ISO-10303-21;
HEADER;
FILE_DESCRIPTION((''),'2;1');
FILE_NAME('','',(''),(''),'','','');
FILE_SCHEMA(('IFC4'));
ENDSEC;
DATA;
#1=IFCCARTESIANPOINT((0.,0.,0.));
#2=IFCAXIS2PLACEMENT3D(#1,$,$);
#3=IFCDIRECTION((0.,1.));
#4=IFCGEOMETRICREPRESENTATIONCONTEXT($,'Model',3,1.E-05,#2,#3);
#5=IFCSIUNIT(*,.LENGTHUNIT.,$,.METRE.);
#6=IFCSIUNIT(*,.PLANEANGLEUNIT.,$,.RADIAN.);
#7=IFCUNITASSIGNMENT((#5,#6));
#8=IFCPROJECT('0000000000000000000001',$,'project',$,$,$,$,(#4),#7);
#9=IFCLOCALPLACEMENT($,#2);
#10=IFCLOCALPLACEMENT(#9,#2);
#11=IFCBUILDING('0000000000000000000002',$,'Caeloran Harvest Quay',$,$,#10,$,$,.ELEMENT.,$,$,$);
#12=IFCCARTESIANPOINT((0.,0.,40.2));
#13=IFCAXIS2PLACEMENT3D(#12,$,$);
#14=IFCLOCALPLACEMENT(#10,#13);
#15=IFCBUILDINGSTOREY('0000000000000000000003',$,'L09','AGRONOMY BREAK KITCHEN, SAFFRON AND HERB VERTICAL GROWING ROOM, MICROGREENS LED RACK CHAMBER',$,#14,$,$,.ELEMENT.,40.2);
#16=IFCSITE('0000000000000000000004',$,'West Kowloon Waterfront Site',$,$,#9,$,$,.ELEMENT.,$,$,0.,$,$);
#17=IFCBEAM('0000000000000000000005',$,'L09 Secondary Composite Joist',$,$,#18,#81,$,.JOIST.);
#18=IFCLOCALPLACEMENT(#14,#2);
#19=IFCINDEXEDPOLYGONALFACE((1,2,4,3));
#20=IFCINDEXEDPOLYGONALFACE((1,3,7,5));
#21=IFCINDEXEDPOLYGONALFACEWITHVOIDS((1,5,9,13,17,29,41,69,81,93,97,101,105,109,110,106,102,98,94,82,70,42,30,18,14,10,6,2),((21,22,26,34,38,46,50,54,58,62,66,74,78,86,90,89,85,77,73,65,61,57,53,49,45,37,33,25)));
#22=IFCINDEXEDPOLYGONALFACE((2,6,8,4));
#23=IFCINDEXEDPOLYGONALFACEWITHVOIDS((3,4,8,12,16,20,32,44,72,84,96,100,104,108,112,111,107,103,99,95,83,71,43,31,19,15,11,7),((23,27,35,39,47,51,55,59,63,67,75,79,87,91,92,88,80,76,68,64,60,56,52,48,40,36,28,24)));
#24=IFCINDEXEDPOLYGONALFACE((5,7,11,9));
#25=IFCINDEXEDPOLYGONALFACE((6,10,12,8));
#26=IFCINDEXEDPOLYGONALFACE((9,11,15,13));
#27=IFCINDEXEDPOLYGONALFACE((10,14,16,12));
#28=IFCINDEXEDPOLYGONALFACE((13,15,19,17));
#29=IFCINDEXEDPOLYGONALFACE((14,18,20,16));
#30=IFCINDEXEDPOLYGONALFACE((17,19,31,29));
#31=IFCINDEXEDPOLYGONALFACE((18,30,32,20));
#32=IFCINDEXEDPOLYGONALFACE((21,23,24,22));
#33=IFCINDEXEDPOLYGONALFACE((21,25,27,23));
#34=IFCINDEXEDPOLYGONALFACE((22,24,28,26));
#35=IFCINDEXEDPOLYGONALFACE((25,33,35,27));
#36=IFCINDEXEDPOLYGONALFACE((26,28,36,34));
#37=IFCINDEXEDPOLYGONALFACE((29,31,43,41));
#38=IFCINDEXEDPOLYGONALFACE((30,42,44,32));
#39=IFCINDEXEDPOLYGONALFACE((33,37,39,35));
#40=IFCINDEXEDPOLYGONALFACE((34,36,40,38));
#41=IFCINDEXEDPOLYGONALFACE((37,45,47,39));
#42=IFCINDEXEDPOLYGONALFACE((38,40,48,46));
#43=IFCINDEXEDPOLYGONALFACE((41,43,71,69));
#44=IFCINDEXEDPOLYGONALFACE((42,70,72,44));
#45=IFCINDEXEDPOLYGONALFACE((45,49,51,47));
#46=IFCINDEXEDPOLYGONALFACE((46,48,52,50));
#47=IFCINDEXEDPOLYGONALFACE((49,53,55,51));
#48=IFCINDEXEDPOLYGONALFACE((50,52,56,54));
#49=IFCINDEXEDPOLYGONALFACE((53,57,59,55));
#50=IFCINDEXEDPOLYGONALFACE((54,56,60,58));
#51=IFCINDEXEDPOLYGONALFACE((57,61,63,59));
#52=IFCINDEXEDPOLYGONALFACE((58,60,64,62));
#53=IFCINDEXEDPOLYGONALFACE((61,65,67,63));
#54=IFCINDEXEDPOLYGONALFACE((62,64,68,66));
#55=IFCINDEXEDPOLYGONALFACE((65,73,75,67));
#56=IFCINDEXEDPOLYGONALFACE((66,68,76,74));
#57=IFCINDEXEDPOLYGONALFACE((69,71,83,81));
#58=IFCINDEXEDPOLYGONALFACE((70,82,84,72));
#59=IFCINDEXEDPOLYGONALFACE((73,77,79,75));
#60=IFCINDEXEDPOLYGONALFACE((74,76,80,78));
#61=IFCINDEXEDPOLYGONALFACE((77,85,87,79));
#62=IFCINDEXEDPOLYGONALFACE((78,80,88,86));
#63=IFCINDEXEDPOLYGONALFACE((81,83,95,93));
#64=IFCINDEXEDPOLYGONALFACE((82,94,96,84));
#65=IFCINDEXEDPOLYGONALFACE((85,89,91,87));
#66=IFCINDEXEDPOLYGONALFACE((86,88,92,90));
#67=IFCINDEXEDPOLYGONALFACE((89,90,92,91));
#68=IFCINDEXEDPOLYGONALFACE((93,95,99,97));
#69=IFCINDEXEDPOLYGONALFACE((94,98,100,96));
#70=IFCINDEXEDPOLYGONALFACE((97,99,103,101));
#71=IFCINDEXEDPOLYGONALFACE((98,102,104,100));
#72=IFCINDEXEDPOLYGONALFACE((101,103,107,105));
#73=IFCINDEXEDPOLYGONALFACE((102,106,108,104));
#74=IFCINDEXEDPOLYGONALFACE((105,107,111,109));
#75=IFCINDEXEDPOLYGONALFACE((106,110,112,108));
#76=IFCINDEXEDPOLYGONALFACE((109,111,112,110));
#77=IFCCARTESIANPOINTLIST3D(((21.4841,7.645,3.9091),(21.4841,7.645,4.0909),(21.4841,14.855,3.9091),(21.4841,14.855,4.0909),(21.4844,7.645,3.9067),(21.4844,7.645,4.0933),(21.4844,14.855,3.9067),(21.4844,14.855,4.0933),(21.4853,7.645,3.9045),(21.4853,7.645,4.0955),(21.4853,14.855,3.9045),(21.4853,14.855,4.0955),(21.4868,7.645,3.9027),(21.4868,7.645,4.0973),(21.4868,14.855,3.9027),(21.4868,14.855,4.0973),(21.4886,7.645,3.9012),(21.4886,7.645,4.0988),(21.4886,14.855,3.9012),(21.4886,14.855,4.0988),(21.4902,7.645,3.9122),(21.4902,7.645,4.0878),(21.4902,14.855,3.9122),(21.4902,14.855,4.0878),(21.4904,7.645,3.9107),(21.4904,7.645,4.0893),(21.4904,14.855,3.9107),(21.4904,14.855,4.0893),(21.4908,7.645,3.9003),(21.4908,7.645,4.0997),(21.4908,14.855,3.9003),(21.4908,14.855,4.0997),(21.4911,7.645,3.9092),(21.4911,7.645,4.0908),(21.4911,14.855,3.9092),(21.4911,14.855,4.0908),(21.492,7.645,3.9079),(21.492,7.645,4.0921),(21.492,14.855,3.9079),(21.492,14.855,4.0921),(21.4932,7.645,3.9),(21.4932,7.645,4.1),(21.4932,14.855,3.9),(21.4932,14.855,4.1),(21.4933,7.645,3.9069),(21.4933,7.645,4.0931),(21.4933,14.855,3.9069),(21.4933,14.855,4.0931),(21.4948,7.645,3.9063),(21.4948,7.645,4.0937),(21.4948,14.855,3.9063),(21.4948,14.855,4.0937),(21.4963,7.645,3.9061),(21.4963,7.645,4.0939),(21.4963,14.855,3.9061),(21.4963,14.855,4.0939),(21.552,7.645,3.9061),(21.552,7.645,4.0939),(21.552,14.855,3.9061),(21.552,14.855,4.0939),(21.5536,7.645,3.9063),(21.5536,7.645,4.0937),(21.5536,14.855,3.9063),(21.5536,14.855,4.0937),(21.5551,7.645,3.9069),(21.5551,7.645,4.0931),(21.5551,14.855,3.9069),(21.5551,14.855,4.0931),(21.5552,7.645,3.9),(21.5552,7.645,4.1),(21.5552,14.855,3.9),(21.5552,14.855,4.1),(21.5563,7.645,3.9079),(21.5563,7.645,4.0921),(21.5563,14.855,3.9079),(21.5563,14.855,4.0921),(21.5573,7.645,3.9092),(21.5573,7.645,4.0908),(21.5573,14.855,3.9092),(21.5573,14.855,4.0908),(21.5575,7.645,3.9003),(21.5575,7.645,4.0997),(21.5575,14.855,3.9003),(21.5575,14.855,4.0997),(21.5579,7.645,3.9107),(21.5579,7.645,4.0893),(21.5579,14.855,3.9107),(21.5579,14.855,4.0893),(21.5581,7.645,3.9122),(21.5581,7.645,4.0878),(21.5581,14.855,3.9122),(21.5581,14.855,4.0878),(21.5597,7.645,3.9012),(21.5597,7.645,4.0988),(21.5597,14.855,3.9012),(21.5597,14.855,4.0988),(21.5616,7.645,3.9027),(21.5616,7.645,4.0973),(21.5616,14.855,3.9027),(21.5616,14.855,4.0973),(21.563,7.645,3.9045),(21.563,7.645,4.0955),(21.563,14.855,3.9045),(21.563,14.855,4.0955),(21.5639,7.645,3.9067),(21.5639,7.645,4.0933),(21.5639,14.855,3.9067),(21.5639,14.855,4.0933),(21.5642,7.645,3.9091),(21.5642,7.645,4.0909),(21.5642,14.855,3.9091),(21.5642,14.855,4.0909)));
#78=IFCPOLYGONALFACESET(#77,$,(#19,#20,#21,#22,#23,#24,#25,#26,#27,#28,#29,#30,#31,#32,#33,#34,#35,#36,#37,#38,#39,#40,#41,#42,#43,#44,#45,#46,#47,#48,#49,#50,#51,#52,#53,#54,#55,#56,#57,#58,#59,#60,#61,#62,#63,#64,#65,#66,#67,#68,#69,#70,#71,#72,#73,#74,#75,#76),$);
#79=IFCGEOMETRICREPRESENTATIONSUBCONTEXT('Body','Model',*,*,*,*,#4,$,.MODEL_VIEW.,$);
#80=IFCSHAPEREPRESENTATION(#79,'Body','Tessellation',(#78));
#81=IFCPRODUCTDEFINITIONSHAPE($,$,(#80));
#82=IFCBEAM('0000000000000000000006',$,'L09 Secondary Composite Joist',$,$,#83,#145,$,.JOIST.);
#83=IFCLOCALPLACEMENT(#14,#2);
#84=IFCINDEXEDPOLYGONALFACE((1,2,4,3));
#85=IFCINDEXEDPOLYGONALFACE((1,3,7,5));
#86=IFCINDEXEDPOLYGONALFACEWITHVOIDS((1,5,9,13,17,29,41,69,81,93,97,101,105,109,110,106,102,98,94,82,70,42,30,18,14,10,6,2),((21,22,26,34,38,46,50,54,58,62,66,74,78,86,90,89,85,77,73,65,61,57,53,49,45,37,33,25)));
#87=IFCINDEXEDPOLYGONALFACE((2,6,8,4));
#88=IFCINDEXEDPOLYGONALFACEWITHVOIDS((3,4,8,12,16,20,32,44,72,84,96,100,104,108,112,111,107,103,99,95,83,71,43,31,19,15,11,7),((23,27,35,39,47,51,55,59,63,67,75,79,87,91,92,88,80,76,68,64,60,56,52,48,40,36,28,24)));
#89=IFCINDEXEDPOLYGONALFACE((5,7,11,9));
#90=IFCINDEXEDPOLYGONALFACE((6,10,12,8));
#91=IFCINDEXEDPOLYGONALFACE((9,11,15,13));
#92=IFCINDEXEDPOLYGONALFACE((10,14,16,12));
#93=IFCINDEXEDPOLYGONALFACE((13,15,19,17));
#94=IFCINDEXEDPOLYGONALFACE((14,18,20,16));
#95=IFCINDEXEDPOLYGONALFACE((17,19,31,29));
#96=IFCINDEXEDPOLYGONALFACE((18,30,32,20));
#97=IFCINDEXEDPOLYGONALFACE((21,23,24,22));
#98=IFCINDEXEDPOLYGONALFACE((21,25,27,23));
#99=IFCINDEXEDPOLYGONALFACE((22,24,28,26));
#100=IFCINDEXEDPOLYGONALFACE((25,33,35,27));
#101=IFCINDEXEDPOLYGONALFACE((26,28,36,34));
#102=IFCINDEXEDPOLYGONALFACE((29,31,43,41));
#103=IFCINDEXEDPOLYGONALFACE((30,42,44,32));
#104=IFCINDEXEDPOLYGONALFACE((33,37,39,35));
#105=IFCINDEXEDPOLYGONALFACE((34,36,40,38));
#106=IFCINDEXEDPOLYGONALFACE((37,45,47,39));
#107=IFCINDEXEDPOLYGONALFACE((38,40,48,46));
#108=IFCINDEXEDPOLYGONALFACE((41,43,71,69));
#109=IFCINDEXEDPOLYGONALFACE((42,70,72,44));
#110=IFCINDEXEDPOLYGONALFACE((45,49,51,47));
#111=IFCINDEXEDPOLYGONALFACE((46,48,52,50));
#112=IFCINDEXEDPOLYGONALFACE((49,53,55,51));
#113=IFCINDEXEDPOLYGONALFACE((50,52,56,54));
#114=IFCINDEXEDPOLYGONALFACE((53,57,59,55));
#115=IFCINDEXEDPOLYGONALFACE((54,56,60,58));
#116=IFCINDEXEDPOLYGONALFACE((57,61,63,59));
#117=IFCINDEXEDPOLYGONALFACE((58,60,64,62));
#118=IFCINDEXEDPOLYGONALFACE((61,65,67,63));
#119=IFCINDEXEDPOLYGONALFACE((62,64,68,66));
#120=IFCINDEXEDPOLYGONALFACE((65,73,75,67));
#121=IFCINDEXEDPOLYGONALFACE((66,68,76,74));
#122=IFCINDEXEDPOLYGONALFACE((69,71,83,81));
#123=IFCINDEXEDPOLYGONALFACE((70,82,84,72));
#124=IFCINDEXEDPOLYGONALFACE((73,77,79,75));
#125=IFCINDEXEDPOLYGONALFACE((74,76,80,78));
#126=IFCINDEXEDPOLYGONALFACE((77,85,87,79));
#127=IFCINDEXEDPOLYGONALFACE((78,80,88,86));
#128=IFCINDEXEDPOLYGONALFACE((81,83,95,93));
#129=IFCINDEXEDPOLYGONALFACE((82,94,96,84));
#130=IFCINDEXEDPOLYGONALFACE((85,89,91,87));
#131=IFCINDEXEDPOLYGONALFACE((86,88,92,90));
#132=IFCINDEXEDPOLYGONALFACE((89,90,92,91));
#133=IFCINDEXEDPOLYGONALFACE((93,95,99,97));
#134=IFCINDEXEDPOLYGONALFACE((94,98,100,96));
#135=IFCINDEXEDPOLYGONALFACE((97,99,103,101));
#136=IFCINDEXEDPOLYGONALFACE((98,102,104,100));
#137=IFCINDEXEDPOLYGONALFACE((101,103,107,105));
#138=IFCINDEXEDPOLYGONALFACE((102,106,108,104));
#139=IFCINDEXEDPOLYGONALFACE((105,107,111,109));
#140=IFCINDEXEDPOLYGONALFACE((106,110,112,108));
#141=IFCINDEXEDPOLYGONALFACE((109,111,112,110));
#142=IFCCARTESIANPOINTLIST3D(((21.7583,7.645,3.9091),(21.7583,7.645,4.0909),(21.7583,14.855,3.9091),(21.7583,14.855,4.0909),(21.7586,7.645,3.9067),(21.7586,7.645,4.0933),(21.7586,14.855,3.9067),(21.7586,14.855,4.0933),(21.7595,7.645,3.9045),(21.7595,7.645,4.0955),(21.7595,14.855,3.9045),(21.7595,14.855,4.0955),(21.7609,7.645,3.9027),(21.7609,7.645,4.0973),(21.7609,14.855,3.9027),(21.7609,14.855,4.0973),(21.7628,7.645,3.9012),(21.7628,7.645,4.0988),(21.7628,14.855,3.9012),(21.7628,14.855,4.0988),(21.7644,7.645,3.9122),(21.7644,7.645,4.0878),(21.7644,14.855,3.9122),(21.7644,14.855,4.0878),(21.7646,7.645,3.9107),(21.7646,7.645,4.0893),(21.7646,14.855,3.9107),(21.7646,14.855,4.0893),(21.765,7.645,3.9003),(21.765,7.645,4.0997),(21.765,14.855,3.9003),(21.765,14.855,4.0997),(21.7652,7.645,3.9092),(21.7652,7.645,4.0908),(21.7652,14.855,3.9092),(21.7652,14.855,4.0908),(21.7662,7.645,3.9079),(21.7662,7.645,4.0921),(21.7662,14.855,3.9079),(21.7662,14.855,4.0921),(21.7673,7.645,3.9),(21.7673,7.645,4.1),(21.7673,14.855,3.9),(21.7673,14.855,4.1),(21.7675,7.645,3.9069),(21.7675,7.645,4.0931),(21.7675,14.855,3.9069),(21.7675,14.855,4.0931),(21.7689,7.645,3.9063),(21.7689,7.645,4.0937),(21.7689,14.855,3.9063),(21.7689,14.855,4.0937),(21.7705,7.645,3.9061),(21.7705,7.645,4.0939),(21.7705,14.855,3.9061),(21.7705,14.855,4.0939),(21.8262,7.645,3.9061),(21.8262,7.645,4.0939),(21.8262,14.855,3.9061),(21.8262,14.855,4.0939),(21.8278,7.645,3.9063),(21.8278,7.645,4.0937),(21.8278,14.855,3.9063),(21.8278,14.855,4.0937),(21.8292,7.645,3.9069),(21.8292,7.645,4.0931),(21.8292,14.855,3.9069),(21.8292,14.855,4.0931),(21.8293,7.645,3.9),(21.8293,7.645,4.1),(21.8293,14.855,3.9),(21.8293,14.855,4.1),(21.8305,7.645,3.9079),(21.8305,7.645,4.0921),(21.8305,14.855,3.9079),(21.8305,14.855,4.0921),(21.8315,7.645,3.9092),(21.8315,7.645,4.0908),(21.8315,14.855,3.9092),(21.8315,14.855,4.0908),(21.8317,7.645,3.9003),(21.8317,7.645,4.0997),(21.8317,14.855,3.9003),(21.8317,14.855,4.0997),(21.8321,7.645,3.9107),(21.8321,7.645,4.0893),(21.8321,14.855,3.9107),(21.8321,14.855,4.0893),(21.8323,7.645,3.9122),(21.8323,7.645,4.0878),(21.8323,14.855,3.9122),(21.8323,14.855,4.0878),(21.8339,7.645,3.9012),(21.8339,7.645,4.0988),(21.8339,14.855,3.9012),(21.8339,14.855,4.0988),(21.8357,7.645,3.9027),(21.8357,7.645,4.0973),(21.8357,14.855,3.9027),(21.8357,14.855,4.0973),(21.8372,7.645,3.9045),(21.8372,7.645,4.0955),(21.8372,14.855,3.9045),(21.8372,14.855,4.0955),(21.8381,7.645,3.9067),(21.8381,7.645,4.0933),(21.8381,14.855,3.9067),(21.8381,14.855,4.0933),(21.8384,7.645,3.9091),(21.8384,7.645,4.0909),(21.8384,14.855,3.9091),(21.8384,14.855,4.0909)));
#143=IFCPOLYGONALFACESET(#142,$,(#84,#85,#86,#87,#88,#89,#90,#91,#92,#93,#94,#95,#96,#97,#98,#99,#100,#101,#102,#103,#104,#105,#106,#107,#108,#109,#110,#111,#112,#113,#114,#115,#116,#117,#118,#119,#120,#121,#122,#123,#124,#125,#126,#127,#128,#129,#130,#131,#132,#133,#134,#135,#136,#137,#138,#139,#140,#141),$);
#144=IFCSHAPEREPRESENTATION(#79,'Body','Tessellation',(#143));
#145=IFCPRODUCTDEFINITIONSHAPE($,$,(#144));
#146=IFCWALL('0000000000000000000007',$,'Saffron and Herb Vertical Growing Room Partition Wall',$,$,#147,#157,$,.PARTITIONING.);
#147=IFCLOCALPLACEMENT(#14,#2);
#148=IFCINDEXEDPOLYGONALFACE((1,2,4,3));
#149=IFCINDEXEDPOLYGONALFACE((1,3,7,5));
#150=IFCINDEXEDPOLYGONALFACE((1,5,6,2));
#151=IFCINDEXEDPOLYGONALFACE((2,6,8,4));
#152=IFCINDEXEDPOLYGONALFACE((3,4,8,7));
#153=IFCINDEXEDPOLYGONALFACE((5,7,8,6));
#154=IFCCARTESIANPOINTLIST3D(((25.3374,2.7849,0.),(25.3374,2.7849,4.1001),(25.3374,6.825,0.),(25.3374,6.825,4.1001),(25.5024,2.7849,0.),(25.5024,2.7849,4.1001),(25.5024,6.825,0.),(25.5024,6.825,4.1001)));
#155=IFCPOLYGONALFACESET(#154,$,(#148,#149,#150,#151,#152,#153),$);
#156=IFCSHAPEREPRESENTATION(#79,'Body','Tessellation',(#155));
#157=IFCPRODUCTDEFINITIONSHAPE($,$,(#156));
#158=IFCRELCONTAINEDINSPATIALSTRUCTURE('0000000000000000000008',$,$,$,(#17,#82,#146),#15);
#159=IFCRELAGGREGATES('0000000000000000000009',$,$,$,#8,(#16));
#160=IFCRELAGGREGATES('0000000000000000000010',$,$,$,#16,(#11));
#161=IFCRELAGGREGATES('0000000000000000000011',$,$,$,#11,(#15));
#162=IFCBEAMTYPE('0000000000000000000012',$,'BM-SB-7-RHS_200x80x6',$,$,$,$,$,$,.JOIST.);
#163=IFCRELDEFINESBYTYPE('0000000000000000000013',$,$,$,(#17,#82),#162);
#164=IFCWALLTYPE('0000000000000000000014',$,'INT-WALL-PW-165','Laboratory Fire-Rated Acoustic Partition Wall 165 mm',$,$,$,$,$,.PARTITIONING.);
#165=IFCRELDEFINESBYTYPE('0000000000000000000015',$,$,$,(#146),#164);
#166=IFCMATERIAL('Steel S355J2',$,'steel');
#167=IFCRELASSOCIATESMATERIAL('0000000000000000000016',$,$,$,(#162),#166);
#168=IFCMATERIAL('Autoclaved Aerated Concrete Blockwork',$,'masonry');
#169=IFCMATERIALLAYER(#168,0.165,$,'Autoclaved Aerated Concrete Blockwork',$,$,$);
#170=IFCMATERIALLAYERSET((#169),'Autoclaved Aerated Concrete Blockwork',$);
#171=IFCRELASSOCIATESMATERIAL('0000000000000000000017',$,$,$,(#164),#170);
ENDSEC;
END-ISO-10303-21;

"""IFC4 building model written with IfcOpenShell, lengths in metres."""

from ifc_helpers import new_model, si_unit, direction, frame, frame_2d, origin, origin_2d, place, context, subcontext, project, spatial, rectangle, hollow_rectangle, extrude, material, layer, layer_set, material_profile, profile_set, type_object, element, save


model = new_model("IFC4")

# Units and contexts
model_context = context("Model", 3, precision=1e-05, world=origin(), true_north=direction((0.0, 1.0)))
body_context = subcontext(model_context, "Body", "Model", "MODEL_VIEW")
ifc_project = project(units=[si_unit("LENGTHUNIT", "METRE"), si_unit("PLANEANGLEUNIT", "RADIAN")], contexts=[model_context])

# Site, building, storey
site_placement = place(None, origin())
site = spatial("IfcSite", under=ifc_project, at=site_placement, Name="West Kowloon Waterfront Site", CompositionType="ELEMENT", RefElevation=0.0)
building_placement = place(site_placement, origin())
building = spatial("IfcBuilding", under=site, at=building_placement, Name="Caeloran Harvest Quay", CompositionType="ELEMENT")
storey_placement = place(building_placement, frame((0.0, 0.0, 40.2)))
storey = spatial("IfcBuildingStorey", under=building, at=storey_placement, Name="L09", Description="AGRONOMY BREAK KITCHEN, SAFFRON AND HERB VERTICAL GROWING ROOM, MICROGREENS LED RACK CHAMBER", CompositionType="ELEMENT", Elevation=40.2)

# Beams
ifc_material_1 = material(Name="Steel S355J2", Category="steel")
ifc_material_profile_1 = material_profile(ifc_material_1, hollow_rectangle(XDim=0.0801, YDim=0.2, WallThickness=0.0061, InnerFilletRadius=0.0061, OuterFilletRadius=0.009, at=origin_2d()), Name="RHS 200x80x6")
ifc_profile_set_1 = profile_set([ifc_material_profile_1], Name="Steel S355J2")
beam_type_1 = type_object("IfcBeamType", Name="BM-SB-7-RHS_200x80x6", PredefinedType="JOIST", material=ifc_profile_set_1)
for number, where, z_axis, x_axis, name in (
    (1, (21.5242, 7.645, 4.0), (0.0, 1.0, 0.0), (-1.0, 0.0, 0.0), "L09 Secondary Composite Joist"),
    (2, (21.7983, 7.645, 4.0), (0.0, 1.0, 0.0), (-1.0, 0.0, 0.0), "L09 Secondary Composite Joist"),
):
    element("IfcBeam", number, at=place(storey_placement, frame(where, z_axis=z_axis, x_axis=x_axis)), inside=storey, type_object=beam_type_1, Name=name, PredefinedType="JOIST", context=body_context, shape_type="SweptSolid", body=[
        extrude(hollow_rectangle(XDim=0.0801, YDim=0.2, WallThickness=0.0061, InnerFilletRadius=0.0061, OuterFilletRadius=0.009, at=origin_2d()), origin(), (0.0, 0.0, 1.0), 7.21),
    ])

# Wall
ifc_material_2 = material(Name="Autoclaved Aerated Concrete Blockwork", Category="masonry")
ifc_layer = layer(ifc_material_2, 0.165, Name="Autoclaved Aerated Concrete Blockwork")
ifc_layer_set = layer_set([ifc_layer], Name="Autoclaved Aerated Concrete Blockwork")
wall_type = type_object("IfcWallType", Name="INT-WALL-PW-165", Description="Laboratory Fire-Rated Acoustic Partition Wall 165 mm", PredefinedType="PARTITIONING", material=ifc_layer_set)
wall_placement = place(storey_placement, frame((25.4199, 6.825, 0.0), z_axis=(0.0, 0.0, 1.0), x_axis=(0.0, -1.0, 0.0)))
element("IfcWall", 3, at=wall_placement, inside=storey, type_object=wall_type, Name="Saffron and Herb Vertical Growing Room Partition Wall", PredefinedType="PARTITIONING", context=body_context, shape_type="SweptSolid", body=[
    extrude(rectangle(XDim=4.04, YDim=0.165, at=frame_2d((2.02, 0.0))), origin(), (0.0, 0.0, 1.0), 4.1001),
])

save(model, "model.ifc")
